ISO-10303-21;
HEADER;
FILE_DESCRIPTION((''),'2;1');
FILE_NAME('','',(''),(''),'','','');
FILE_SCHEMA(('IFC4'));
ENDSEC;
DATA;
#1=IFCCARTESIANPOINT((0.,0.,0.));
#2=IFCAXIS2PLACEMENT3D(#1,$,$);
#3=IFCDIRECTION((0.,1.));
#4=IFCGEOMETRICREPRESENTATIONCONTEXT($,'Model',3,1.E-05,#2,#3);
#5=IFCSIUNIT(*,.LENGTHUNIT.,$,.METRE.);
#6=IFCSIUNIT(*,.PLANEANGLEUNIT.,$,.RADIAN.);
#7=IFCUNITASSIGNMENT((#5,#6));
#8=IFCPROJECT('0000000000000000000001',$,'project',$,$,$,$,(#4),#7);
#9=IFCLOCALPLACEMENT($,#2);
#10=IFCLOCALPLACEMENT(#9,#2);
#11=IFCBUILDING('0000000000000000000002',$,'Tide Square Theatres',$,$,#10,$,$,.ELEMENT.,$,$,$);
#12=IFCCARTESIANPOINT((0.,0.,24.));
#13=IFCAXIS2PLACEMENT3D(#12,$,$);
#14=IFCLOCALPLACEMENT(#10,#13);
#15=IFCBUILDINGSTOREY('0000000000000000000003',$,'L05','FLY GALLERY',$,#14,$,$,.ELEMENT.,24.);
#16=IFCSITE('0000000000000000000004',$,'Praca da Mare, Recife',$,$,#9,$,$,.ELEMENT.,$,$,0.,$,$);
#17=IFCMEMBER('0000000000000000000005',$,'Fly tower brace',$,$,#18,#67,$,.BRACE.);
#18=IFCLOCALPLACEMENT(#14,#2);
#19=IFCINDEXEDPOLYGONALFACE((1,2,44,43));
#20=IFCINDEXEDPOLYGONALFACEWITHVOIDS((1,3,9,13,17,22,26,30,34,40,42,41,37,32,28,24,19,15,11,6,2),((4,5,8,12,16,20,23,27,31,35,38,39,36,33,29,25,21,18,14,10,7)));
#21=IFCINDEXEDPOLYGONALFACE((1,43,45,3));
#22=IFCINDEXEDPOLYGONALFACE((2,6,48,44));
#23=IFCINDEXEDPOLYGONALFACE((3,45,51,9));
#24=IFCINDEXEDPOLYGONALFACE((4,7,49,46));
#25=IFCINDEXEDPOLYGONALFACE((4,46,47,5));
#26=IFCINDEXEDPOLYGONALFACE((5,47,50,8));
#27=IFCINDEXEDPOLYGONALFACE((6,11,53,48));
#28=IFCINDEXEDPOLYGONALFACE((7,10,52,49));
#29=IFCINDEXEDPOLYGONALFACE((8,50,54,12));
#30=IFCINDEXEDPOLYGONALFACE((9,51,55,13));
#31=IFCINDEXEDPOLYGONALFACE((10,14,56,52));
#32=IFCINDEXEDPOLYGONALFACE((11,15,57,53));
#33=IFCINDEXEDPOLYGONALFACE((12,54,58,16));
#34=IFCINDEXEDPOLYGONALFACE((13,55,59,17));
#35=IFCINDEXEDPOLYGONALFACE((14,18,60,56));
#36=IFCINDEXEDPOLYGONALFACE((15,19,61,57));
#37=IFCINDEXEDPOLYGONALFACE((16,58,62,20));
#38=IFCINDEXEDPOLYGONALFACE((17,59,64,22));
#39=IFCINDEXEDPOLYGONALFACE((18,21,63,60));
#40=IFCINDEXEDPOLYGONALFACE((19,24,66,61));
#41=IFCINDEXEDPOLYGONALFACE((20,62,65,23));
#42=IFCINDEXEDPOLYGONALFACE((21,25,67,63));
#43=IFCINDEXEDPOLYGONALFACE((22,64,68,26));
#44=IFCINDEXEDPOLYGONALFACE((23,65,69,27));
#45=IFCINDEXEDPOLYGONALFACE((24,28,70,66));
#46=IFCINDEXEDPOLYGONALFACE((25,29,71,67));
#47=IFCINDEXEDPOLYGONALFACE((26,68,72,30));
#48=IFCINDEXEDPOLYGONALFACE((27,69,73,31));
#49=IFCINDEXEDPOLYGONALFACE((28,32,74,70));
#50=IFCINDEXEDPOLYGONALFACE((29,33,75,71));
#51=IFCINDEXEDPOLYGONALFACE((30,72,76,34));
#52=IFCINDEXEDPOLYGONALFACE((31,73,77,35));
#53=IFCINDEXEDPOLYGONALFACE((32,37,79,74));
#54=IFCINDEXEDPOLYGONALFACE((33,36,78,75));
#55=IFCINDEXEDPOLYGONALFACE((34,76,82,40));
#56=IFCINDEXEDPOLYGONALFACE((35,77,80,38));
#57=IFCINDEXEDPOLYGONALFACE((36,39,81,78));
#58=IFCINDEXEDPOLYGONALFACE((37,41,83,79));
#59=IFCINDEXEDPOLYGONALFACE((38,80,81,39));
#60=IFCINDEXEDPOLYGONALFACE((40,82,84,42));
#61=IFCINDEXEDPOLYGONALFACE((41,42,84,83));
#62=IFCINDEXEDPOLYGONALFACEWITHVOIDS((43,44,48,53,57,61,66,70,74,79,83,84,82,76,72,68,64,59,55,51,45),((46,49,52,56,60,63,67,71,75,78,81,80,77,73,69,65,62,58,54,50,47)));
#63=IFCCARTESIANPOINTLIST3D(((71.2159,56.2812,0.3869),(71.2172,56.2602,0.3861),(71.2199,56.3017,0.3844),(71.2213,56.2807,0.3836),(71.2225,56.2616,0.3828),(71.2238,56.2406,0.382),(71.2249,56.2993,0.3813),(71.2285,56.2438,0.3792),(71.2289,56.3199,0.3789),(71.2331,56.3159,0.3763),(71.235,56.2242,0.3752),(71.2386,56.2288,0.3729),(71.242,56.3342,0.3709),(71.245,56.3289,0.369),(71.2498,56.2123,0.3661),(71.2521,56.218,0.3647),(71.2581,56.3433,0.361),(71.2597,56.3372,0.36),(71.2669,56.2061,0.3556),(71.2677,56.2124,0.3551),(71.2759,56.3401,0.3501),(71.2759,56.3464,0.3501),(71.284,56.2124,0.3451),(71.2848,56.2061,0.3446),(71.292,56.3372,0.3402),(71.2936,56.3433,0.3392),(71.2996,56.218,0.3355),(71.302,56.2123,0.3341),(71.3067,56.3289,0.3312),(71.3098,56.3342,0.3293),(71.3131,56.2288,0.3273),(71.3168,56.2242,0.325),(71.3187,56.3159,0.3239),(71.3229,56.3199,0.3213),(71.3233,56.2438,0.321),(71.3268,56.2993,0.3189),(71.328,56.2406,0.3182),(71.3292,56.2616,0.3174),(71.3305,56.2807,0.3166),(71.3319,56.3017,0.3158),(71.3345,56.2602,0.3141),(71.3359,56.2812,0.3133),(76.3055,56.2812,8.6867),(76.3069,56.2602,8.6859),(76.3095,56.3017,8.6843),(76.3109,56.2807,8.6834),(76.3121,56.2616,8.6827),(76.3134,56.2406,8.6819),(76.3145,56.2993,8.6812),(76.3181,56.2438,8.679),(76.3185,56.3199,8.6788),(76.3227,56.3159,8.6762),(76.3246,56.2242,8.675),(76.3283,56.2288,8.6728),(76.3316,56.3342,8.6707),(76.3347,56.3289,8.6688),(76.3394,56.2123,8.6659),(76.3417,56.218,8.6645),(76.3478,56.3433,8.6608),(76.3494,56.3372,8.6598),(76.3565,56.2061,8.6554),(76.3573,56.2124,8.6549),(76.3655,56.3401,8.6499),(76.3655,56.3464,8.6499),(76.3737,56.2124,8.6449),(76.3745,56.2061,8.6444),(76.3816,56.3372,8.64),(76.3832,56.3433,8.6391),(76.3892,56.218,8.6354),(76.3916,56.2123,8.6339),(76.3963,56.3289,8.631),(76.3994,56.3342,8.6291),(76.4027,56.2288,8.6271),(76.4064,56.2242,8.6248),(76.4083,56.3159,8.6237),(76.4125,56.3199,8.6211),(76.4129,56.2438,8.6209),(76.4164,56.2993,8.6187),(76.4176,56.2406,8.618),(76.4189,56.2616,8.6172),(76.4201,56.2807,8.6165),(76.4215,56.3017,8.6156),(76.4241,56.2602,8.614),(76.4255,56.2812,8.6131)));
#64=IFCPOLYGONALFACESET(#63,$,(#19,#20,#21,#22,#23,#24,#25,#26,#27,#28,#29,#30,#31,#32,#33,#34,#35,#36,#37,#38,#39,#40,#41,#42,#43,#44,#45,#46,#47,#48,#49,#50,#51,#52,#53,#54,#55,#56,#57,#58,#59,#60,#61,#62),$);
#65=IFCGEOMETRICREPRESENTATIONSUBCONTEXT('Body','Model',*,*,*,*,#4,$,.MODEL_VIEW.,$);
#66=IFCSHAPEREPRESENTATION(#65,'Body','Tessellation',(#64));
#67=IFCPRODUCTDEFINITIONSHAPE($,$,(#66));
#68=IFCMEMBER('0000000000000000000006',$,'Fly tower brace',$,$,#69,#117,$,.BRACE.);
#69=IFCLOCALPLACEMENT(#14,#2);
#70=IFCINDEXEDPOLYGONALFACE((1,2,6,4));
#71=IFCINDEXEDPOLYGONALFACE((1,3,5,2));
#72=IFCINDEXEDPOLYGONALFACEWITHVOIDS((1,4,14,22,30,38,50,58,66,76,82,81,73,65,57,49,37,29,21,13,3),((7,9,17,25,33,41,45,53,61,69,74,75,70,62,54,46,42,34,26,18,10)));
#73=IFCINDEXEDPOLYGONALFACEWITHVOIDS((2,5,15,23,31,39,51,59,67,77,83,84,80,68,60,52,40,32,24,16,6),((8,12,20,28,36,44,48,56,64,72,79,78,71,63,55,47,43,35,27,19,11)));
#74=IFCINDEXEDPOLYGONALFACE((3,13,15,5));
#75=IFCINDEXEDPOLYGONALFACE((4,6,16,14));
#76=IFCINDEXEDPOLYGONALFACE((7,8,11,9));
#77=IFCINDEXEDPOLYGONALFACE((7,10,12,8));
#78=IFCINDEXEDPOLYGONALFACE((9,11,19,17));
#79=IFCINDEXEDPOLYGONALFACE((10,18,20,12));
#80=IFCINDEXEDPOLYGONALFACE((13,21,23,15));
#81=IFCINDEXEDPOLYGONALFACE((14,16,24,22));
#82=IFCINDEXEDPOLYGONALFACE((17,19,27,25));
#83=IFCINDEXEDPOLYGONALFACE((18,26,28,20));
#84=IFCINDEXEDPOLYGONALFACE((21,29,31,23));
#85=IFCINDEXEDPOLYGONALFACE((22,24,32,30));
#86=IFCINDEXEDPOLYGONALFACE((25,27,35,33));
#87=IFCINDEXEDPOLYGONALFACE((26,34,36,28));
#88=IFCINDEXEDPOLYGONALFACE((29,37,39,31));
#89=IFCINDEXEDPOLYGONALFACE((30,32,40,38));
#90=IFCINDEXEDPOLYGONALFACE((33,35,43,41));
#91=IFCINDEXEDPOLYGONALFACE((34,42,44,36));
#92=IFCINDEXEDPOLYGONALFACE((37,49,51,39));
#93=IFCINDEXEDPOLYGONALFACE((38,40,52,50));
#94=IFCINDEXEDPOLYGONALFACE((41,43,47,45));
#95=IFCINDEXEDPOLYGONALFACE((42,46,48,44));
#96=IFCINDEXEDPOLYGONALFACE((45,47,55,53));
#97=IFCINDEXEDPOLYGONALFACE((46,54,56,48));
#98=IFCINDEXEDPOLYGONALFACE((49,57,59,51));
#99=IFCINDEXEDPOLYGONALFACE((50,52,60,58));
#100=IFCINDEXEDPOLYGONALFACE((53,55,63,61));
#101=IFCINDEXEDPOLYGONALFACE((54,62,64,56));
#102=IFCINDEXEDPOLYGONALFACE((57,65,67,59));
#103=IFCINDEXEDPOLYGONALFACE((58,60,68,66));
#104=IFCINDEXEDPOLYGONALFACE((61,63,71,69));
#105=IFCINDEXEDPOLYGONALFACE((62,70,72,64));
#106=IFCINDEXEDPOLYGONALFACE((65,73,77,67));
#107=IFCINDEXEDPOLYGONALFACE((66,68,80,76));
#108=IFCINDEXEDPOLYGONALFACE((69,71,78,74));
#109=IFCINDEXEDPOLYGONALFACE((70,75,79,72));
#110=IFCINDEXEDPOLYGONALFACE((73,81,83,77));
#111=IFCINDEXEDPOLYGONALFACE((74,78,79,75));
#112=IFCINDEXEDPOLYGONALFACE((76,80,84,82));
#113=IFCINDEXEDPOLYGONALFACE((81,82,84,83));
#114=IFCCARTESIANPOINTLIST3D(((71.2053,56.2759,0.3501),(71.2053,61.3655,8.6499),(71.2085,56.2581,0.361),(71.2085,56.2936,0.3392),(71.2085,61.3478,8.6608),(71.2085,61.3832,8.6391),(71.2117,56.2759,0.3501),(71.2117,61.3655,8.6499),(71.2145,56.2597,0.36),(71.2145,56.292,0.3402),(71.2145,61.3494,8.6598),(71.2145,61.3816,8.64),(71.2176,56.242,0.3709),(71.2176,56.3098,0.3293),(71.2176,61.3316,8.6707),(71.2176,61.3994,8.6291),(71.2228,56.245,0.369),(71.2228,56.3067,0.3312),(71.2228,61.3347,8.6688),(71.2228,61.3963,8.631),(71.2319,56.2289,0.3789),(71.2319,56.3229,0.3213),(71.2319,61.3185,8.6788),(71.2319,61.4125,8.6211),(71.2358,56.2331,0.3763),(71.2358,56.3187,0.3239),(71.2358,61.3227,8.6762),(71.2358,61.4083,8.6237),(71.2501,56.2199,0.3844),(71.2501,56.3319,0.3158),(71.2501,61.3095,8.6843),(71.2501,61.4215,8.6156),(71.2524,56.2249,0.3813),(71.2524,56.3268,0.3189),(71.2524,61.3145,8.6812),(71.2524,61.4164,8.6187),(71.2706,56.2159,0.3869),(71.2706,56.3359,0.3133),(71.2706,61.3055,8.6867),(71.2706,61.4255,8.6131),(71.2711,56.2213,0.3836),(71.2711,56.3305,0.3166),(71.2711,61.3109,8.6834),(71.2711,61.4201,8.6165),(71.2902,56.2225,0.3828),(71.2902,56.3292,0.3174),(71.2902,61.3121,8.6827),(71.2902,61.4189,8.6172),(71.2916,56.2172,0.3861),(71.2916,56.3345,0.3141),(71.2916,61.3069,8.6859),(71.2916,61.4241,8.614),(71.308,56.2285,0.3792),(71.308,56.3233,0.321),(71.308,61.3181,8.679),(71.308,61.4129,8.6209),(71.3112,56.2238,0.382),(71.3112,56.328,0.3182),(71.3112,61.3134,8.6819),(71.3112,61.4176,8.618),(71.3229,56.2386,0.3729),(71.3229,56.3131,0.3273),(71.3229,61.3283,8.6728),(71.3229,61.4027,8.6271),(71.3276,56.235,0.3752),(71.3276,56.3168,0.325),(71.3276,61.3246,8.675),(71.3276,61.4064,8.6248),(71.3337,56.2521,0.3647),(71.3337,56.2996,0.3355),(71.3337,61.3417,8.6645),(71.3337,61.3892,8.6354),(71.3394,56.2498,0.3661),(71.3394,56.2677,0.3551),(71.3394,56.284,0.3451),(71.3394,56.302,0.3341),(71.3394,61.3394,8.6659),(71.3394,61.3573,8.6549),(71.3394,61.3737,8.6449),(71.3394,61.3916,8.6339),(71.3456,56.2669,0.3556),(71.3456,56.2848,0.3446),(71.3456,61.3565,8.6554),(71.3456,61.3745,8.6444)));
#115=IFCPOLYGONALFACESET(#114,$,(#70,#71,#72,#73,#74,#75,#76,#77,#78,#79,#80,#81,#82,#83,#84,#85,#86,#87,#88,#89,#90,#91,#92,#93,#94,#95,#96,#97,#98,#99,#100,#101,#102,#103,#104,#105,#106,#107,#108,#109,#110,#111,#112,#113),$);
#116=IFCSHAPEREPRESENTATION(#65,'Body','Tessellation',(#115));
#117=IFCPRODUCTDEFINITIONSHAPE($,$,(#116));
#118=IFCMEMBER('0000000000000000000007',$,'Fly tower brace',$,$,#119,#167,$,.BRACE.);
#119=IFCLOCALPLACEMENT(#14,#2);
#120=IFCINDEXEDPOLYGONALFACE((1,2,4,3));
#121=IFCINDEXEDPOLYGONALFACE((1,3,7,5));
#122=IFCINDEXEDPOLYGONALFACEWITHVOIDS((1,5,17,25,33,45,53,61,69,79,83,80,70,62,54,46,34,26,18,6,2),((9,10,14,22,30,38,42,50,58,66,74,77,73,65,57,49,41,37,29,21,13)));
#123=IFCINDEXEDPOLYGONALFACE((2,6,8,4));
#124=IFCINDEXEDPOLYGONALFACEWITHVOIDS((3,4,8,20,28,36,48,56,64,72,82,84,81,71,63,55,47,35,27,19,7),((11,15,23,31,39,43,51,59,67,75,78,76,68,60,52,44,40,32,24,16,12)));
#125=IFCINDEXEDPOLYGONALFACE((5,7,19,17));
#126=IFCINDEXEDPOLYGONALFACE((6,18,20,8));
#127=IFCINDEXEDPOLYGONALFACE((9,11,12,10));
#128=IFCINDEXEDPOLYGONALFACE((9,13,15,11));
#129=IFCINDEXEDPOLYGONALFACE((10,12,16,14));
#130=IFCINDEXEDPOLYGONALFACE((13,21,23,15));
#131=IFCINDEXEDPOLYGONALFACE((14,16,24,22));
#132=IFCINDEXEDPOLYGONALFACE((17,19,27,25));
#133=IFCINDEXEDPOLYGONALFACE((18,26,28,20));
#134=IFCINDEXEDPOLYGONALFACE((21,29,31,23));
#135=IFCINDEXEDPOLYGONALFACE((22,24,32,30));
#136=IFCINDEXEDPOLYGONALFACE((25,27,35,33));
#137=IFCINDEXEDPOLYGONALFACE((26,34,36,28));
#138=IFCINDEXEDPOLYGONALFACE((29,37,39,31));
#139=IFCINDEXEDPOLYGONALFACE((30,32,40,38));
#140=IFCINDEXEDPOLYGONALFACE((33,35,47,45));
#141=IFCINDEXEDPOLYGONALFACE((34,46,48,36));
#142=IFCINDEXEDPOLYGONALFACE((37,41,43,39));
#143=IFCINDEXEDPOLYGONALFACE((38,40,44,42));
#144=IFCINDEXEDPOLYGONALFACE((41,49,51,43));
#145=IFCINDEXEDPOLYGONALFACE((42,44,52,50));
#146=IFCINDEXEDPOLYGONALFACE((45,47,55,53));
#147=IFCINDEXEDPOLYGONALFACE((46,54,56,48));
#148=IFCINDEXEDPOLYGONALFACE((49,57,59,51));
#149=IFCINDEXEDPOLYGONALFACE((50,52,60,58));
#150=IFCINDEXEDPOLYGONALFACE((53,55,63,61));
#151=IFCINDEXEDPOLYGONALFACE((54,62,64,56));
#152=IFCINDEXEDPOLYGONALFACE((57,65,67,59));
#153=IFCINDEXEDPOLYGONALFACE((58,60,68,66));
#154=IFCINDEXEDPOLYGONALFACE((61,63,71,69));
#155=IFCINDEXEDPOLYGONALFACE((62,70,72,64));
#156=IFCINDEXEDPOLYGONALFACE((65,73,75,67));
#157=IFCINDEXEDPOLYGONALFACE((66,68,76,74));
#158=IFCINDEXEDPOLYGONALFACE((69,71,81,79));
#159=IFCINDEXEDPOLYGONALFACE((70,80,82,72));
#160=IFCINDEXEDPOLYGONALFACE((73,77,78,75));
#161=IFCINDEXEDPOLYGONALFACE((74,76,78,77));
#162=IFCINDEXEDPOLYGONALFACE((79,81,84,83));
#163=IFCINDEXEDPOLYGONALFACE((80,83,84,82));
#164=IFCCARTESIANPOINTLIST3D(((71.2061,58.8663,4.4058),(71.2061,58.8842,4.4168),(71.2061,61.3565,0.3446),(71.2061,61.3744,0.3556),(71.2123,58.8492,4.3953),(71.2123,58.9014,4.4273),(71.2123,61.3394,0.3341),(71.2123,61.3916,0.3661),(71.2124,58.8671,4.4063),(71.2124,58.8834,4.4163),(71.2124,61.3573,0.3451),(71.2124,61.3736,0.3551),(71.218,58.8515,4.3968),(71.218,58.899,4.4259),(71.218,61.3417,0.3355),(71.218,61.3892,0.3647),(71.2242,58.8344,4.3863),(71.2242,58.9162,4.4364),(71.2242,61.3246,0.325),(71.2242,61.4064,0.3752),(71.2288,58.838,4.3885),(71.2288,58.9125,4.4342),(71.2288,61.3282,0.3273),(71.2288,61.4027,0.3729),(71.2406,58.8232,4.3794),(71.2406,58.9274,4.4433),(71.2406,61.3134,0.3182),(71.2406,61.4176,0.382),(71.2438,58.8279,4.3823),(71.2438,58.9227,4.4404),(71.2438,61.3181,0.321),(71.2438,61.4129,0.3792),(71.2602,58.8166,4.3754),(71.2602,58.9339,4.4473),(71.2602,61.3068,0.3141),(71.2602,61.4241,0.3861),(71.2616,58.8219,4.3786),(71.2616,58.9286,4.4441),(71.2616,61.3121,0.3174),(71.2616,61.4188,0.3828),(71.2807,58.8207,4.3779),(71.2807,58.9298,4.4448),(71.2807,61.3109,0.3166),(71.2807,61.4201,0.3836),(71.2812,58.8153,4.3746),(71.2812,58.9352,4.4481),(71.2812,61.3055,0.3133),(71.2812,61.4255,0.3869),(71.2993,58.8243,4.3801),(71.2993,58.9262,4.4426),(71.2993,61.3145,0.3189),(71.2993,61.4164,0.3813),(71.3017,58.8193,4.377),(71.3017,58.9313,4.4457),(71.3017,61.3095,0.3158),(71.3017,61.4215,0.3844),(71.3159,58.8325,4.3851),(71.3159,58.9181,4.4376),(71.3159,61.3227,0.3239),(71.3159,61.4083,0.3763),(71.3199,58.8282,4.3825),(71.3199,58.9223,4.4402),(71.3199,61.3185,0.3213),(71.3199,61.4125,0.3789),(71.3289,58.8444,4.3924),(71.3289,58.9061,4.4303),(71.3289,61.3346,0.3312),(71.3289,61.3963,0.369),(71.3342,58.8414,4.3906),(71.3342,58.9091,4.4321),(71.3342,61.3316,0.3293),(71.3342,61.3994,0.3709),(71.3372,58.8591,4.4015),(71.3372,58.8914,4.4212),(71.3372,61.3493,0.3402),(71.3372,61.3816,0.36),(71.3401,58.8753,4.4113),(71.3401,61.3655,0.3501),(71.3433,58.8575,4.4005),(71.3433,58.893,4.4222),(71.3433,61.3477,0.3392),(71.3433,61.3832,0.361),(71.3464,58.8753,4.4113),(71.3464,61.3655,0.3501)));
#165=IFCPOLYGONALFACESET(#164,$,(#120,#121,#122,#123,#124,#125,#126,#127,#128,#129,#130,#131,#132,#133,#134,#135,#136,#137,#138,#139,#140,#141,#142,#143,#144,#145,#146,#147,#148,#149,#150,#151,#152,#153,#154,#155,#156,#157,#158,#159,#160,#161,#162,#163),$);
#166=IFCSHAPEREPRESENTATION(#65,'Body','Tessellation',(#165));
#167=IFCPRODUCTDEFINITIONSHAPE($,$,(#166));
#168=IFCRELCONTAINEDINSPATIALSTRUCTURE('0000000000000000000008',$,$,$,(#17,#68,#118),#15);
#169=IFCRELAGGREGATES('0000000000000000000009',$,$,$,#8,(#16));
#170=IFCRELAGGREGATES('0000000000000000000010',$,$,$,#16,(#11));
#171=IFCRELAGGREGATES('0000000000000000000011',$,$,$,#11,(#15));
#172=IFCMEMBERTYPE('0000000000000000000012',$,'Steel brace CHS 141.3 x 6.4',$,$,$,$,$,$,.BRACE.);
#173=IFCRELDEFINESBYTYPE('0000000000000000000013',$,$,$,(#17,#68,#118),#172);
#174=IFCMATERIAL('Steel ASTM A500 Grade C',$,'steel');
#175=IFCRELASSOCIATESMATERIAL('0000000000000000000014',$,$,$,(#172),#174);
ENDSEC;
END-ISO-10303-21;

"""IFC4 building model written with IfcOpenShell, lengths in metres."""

from ifc_helpers import new_model, si_unit, direction, frame, origin, origin_2d, place, context, subcontext, project, spatial, hollow_circle, extrude, material, material_profile, profile_set, type_object, element, save


model = new_model("IFC4")

# Units and contexts
model_context = context("Model", 3, precision=1e-05, world=origin(), true_north=direction((0.0, 1.0)))
body_context = subcontext(model_context, "Body", "Model", "MODEL_VIEW")
ifc_project = project(units=[si_unit("LENGTHUNIT", "METRE"), si_unit("PLANEANGLEUNIT", "RADIAN")], contexts=[model_context])

# Site, building, storey
site_placement = place(None, origin())
site = spatial("IfcSite", under=ifc_project, at=site_placement, Name="Praca da Mare, Recife", CompositionType="ELEMENT", RefElevation=0.0)
building_placement = place(site_placement, origin())
building = spatial("IfcBuilding", under=site, at=building_placement, Name="Tide Square Theatres", CompositionType="ELEMENT")
storey_placement = place(building_placement, frame((0.0, 0.0, 24.0)))
storey = spatial("IfcBuildingStorey", under=building, at=storey_placement, Name="L05", Description="FLY GALLERY", CompositionType="ELEMENT", Elevation=24.0)

# Members
ifc_material_1 = material(Name="Steel ASTM A500 Grade C", Category="steel")
ifc_material_profile_1 = material_profile(ifc_material_1, hollow_circle(Radius=0.0706, WallThickness=0.0063, at=origin_2d()))
ifc_profile_set_1 = profile_set([ifc_material_profile_1], Name="Steel ASTM A500 Grade C")
member_type_1 = type_object("IfcMemberType", Name="Steel brace CHS 141.3 x 6.4", PredefinedType="BRACE", material=ifc_profile_set_1)
for number, where, z_axis, x_axis, name in (
    (1, (71.2759, 56.2759, 0.3501), (0.522758, 0.0, 0.852481), (0.0, 1.0, 0.0), "Fly tower brace"),
    (2, (71.2759, 56.2759, 0.3501), (0.0, 0.522758, 0.852481), (-1.0, 0.0, 0.0), "Fly tower brace"),
):
    element("IfcMember", number, at=place(storey_placement, frame(where, z_axis=z_axis, x_axis=x_axis)), inside=storey, type_object=member_type_1, Name=name, PredefinedType="BRACE", context=body_context, shape_type="SweptSolid", body=[
        extrude(hollow_circle(Radius=0.0706, WallThickness=0.0063, at=origin_2d()), origin(), (0.0, 0.0, 1.0), 9.7361),
    ])
member_1_placement = place(storey_placement, frame((71.2759, 61.3655, 0.3501), z_axis=(0.0, -0.522724, 0.852502), x_axis=(1.0, 0.0, 0.0)))
element("IfcMember", 3, at=member_1_placement, inside=storey, type_object=member_type_1, Name="Fly tower brace", PredefinedType="BRACE", context=body_context, shape_type="SweptSolid", body=[
    extrude(hollow_circle(Radius=0.0706, WallThickness=0.0063, at=origin_2d()), origin(), (0.0, 0.0, 1.0), 4.7639),
])

save(model, "model.ifc")
